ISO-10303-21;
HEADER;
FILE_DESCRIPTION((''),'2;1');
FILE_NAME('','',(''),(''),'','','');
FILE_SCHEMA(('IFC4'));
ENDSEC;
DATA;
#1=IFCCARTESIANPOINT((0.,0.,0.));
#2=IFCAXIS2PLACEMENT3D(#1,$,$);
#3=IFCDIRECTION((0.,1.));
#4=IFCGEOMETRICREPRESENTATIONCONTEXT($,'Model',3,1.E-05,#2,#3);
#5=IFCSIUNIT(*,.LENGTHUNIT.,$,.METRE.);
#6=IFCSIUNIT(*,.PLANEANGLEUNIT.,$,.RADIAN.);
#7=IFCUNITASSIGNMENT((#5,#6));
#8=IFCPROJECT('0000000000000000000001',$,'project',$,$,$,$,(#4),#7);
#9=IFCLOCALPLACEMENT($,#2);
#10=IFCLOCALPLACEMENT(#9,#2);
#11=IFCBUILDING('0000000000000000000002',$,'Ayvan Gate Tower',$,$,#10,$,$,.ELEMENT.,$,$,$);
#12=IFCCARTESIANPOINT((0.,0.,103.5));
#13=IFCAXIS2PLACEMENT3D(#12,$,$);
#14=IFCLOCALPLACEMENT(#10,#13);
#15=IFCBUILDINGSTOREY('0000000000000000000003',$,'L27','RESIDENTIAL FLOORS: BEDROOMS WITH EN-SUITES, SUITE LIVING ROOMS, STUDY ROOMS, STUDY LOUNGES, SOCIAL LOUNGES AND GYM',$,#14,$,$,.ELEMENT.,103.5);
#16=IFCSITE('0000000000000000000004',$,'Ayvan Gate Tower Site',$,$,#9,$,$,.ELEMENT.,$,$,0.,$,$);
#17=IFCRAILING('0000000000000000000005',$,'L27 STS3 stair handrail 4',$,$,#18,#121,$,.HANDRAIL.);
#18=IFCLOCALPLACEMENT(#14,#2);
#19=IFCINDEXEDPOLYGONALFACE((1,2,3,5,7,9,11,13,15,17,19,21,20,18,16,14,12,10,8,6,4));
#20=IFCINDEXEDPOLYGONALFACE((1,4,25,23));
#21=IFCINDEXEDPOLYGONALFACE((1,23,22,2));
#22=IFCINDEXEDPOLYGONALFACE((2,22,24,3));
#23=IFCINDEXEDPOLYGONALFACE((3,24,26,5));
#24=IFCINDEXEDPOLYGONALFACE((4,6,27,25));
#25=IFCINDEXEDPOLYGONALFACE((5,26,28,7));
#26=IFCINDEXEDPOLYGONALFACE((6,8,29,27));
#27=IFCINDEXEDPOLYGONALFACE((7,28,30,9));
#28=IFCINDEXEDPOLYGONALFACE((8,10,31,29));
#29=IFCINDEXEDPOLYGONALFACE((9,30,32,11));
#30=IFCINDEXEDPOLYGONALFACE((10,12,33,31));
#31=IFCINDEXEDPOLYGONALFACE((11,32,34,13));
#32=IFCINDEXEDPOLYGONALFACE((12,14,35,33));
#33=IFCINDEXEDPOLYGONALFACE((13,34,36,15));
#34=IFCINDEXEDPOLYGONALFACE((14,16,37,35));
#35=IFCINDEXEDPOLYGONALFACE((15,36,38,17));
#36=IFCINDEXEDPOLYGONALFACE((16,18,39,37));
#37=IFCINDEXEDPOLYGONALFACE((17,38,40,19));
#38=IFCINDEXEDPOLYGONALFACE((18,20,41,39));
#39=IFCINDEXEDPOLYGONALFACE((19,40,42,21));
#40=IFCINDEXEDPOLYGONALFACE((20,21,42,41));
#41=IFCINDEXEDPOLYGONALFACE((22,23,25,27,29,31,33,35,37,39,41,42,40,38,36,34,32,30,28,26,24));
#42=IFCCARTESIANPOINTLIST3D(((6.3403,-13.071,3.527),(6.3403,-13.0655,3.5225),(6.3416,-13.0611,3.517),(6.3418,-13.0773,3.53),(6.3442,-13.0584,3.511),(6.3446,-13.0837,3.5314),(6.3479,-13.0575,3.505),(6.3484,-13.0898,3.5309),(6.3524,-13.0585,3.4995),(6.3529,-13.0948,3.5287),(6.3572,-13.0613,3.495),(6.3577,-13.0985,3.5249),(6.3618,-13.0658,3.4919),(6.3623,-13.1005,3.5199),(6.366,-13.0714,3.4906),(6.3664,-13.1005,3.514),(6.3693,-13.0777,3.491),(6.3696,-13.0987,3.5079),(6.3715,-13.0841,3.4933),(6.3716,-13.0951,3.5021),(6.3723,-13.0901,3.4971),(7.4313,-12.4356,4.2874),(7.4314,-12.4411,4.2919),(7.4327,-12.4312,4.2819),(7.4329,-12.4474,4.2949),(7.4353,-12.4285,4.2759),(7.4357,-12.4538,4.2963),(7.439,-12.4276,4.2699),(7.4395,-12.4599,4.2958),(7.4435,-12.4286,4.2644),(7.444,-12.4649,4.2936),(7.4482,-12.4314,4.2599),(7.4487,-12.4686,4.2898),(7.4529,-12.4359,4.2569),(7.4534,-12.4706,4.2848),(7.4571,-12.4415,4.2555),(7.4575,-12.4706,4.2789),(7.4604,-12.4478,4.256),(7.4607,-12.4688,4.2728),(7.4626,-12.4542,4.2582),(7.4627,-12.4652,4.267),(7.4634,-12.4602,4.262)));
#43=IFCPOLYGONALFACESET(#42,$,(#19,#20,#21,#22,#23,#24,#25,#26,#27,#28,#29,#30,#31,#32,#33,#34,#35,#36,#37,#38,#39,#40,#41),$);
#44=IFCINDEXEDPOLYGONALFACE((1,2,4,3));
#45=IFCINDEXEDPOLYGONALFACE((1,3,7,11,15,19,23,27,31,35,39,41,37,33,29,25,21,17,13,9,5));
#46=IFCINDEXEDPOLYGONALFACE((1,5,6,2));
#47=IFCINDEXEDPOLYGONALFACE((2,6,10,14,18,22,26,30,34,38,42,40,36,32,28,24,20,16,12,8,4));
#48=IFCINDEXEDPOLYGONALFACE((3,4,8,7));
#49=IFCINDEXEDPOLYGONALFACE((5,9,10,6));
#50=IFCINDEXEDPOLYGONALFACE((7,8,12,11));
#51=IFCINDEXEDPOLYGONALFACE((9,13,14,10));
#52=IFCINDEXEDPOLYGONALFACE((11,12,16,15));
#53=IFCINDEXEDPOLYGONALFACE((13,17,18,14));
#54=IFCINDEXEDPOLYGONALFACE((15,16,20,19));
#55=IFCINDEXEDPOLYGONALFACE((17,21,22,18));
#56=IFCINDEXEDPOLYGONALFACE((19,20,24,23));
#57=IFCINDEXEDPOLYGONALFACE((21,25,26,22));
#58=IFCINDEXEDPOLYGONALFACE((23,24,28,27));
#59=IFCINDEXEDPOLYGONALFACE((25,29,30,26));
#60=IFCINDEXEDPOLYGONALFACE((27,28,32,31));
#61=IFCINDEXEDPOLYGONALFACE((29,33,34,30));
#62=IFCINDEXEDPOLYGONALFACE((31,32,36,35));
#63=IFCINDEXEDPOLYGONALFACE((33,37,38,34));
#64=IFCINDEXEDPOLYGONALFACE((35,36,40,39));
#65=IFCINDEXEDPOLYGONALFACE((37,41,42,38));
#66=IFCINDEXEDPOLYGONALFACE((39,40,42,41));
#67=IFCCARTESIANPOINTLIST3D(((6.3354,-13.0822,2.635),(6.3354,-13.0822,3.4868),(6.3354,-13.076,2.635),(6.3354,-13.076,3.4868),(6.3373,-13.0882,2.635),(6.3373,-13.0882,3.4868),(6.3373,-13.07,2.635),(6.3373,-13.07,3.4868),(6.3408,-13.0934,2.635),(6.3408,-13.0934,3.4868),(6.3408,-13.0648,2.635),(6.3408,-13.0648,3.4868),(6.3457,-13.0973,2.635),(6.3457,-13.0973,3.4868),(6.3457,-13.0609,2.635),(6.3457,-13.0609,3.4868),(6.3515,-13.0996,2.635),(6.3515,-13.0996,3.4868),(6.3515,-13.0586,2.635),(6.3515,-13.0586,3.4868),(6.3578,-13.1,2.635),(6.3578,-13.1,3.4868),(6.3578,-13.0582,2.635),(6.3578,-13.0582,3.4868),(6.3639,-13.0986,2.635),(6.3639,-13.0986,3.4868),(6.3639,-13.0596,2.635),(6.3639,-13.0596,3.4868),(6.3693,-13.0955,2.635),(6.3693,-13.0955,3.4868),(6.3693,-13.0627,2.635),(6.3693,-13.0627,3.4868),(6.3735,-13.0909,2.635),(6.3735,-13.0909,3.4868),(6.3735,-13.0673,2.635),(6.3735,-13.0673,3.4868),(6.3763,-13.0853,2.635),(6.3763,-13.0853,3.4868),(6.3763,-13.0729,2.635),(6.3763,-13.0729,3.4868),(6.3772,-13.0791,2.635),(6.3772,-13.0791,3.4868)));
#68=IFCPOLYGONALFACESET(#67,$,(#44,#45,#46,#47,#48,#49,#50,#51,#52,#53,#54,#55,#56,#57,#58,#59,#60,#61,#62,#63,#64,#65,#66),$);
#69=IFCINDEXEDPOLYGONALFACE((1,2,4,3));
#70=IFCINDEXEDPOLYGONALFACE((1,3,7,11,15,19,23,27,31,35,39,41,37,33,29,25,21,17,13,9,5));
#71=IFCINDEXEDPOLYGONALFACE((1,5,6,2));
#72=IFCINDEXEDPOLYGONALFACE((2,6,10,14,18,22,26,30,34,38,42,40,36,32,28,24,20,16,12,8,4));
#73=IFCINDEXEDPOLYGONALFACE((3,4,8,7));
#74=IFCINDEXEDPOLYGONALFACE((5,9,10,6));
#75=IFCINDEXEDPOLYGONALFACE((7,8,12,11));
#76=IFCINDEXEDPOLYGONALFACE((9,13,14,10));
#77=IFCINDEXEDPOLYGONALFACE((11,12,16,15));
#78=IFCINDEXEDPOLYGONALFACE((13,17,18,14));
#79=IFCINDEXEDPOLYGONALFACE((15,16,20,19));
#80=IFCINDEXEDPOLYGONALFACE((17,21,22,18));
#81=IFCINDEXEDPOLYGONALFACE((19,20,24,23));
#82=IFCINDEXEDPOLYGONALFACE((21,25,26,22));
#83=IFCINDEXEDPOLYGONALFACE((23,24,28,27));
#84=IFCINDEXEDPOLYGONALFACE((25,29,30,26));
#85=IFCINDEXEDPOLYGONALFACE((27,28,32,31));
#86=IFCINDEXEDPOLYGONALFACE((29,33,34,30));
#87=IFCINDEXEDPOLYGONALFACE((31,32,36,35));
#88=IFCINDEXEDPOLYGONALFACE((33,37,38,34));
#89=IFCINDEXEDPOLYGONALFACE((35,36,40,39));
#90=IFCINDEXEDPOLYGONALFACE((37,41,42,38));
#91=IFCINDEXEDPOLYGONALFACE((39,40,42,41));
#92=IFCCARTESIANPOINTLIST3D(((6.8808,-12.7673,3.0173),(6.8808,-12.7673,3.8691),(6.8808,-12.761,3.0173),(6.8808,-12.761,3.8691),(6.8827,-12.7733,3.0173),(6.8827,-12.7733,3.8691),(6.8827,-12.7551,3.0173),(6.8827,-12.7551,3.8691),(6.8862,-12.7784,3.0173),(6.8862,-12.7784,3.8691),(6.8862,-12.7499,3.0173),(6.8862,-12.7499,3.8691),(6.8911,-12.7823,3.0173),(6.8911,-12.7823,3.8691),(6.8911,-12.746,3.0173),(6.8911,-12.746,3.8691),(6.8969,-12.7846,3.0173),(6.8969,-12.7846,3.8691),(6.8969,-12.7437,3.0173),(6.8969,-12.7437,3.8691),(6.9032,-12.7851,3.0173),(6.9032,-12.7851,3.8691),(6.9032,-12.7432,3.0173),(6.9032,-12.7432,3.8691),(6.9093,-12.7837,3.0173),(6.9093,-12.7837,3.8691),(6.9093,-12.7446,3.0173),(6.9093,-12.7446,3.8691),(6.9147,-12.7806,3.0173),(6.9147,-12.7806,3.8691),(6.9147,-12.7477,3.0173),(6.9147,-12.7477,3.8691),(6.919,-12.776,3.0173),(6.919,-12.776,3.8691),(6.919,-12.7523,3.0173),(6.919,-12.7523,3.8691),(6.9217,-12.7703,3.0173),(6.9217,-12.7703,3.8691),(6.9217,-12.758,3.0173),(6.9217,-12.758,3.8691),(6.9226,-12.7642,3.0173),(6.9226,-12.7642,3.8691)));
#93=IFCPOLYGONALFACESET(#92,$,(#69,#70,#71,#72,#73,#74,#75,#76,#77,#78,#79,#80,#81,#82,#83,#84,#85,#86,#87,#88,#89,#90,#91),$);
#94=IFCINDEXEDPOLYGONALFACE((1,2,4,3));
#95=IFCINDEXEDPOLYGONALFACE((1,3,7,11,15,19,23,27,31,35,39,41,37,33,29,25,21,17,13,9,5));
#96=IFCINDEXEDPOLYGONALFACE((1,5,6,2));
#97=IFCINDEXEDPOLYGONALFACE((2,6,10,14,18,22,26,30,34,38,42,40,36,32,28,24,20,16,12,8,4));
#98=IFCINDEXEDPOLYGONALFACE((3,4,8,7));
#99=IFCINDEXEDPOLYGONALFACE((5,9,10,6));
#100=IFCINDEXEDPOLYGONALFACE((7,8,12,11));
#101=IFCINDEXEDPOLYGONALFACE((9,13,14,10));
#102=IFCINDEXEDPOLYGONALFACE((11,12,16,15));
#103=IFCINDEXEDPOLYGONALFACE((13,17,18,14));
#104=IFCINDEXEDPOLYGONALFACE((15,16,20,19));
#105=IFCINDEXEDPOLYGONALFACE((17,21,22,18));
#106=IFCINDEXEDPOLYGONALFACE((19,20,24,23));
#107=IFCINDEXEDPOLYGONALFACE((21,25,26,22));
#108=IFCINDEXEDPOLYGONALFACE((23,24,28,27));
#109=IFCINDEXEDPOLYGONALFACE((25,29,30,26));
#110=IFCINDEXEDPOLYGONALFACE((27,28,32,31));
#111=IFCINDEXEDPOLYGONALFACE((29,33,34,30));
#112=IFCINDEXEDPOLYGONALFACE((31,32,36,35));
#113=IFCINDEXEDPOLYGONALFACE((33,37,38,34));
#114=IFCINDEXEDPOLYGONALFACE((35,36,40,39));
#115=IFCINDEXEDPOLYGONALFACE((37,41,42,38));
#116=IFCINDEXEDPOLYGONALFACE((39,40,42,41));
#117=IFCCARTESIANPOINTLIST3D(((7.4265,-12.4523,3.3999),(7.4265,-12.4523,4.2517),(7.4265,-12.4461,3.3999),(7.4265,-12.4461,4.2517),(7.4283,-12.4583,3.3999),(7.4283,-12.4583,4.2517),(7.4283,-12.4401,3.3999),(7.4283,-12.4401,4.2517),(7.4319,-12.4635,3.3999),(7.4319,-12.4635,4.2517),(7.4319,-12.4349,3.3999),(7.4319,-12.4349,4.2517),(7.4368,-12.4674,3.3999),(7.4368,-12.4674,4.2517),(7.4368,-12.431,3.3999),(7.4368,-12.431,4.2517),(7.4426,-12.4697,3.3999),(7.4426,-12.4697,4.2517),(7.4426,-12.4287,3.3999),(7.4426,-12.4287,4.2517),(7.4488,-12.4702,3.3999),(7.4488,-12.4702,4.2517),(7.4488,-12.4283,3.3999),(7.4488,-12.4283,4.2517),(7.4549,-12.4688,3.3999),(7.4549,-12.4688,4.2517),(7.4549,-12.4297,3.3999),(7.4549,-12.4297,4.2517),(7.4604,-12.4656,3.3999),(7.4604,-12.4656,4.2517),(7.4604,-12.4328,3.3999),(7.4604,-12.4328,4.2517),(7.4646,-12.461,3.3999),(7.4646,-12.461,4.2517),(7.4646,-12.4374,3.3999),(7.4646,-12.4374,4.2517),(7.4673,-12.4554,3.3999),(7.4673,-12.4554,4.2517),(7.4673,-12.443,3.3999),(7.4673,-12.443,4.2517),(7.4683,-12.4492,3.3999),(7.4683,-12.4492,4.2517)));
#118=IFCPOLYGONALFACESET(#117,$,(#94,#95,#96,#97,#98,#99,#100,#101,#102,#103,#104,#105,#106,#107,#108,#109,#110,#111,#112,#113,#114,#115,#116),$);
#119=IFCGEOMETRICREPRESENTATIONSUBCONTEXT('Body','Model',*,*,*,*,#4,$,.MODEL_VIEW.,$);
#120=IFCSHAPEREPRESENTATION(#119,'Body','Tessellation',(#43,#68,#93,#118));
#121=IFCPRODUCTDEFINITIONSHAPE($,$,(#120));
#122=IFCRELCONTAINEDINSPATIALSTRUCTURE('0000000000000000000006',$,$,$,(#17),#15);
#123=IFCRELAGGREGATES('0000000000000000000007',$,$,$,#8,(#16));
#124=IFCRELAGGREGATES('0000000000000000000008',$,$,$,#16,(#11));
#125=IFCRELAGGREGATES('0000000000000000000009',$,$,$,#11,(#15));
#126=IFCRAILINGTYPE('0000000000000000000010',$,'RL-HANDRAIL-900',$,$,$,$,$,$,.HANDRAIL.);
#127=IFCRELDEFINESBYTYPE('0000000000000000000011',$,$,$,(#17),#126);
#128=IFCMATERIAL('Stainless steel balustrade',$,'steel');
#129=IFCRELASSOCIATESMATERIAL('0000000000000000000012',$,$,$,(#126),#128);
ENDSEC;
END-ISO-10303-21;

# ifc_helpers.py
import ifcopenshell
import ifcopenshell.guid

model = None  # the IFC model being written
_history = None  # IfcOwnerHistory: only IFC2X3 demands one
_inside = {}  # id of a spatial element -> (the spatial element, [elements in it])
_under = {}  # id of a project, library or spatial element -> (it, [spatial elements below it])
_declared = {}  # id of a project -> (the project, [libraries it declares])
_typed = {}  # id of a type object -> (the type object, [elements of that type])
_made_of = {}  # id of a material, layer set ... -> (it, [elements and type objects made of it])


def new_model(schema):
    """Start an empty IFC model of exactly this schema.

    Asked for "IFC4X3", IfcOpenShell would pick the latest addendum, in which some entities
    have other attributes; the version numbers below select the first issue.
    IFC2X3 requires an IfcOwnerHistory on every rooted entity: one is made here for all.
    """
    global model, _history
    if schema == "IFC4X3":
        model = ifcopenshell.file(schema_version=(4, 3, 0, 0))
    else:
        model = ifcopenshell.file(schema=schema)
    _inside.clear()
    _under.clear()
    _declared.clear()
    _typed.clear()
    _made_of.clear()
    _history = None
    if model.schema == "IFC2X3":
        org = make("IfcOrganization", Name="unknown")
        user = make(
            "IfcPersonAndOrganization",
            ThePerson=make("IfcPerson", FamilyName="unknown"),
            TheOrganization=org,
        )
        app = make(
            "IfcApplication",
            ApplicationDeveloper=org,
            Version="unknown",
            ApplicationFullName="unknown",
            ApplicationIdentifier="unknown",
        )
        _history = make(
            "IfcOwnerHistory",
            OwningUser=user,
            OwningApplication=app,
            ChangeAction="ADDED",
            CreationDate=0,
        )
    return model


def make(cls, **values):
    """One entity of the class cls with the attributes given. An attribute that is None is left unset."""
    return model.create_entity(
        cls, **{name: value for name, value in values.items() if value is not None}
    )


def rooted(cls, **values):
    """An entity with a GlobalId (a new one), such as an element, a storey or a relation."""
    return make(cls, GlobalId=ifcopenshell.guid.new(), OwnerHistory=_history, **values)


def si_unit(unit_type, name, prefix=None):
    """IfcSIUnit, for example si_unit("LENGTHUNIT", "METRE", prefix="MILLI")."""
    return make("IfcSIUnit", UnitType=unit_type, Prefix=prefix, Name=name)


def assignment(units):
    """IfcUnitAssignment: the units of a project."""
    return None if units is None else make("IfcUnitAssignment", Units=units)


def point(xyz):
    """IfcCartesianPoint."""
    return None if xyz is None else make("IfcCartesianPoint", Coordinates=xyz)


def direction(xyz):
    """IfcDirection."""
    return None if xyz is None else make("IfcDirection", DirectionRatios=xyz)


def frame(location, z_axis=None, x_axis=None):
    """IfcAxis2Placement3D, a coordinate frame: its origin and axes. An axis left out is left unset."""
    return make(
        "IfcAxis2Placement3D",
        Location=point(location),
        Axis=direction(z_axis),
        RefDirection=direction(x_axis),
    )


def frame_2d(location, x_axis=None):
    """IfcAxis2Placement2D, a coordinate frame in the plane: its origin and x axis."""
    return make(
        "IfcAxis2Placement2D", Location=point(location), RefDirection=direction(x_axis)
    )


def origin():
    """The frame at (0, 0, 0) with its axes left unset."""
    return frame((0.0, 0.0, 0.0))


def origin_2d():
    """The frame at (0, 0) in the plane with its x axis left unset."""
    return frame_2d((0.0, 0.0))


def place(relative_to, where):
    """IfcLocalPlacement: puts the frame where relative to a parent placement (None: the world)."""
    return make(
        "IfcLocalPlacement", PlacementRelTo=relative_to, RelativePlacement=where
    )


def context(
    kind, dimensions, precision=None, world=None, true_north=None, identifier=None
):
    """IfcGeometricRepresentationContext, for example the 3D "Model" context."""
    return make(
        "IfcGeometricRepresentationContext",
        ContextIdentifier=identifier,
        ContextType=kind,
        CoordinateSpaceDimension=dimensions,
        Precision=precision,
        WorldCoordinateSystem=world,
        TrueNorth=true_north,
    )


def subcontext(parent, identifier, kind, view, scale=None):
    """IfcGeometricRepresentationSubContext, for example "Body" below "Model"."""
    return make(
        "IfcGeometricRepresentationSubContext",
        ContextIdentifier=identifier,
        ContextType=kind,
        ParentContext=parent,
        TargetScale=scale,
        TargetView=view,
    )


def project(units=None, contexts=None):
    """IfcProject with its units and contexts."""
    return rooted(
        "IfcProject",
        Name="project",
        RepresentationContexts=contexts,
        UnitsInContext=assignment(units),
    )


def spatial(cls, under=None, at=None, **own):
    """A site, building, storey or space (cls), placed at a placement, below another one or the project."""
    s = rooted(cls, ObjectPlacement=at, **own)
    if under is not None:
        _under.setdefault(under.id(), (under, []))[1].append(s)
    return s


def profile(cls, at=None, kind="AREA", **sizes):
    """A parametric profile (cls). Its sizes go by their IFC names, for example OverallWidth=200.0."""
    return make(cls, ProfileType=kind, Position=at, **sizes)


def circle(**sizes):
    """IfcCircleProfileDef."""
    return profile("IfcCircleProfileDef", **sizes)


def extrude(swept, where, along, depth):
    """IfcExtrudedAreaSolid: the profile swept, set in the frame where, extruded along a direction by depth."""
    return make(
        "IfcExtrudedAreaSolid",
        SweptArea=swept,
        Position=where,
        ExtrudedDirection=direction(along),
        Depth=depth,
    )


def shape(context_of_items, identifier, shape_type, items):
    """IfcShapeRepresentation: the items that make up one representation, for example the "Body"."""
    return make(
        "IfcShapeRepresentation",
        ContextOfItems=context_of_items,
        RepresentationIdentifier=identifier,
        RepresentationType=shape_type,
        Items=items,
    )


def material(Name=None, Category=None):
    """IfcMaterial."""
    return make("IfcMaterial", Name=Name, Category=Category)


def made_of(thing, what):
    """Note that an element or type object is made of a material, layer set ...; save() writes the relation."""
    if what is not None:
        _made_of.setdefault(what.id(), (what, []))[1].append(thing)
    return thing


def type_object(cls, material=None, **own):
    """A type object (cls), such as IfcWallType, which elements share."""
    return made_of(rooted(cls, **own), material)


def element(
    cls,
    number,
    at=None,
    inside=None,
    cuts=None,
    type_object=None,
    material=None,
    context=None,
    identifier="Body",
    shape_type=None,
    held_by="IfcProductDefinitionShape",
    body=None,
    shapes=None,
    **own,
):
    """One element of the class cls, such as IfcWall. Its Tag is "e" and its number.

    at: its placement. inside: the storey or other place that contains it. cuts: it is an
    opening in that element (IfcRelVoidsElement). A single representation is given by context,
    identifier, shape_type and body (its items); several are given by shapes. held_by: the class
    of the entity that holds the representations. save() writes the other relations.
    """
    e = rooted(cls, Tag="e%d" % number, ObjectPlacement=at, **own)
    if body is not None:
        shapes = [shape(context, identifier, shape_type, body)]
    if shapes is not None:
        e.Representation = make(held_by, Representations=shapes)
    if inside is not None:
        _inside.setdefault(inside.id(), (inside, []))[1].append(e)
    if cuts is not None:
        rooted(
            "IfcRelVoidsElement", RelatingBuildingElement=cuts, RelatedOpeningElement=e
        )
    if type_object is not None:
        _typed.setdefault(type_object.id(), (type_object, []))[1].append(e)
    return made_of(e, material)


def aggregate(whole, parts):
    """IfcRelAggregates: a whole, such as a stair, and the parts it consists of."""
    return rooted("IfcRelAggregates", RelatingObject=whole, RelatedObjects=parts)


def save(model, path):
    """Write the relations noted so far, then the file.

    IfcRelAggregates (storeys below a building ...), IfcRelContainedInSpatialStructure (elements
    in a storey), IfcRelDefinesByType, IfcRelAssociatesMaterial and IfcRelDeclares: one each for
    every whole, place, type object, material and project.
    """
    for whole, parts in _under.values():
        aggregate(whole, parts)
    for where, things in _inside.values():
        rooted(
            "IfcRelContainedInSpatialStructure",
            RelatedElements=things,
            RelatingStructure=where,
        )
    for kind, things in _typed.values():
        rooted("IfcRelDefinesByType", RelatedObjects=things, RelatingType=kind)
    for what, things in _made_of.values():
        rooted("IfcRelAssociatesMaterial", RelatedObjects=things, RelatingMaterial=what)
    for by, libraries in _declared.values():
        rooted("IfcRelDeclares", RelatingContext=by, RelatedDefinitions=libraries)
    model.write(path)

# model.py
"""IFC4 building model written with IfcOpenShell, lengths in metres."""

from ifc_helpers import new_model, si_unit, direction, frame, origin, origin_2d, place, context, subcontext, project, spatial, circle, extrude, material, type_object, element, save


model = new_model("IFC4")

# Units and contexts
model_context = context("Model", 3, precision=1e-05, world=origin(), true_north=direction((0.0, 1.0)))
body_context = subcontext(model_context, "Body", "Model", "MODEL_VIEW")
ifc_project = project(units=[si_unit("LENGTHUNIT", "METRE"), si_unit("PLANEANGLEUNIT", "RADIAN")], contexts=[model_context])

# Site, building, storey
site_placement = place(None, origin())
site = spatial("IfcSite", under=ifc_project, at=site_placement, Name="Ayvan Gate Tower Site", CompositionType="ELEMENT", RefElevation=0.0)
building_placement = place(site_placement, origin())
building = spatial("IfcBuilding", under=site, at=building_placement, Name="Ayvan Gate Tower", CompositionType="ELEMENT")
storey_placement = place(building_placement, frame((0.0, 0.0, 103.5)))
storey = spatial("IfcBuildingStorey", under=building, at=storey_placement, Name="L27", Description="RESIDENTIAL FLOORS: BEDROOMS WITH EN-SUITES, SUITE LIVING ROOMS, STUDY ROOMS, STUDY LOUNGES, SOCIAL LOUNGES AND GYM", CompositionType="ELEMENT", Elevation=103.5)

# Railing
ifc_material_1 = material(Name="Stainless steel balustrade", Category="steel")
railing_type_1 = type_object("IfcRailingType", Name="RL-HANDRAIL-900", PredefinedType="HANDRAIL", material=ifc_material_1)
railing_1_placement = place(storey_placement, frame((6.3562, -13.0791, 2.635)))
element("IfcRailing", 1, at=railing_1_placement, inside=storey, type_object=railing_type_1, Name="L27 STS3 stair handrail 4", PredefinedType="HANDRAIL", context=body_context, shape_type="SweptSolid", body=[
    extrude(circle(Radius=0.0239, at=origin_2d()), frame((0.0, 0.0, 0.876), z_axis=(0.740282, 0.427372, 0.518976), x_axis=(-0.499974, 0.86604, 0.0)), (0.0, 0.0, 1.0), 1.4739),
    extrude(circle(Radius=0.021, at=origin_2d()), origin(), (0.0, 0.0, 1.0), 0.8518),
    extrude(circle(Radius=0.021, at=origin_2d()), frame((0.5454, 0.3149, 0.3823)), (0.0, 0.0, 1.0), 0.8518),
    extrude(circle(Radius=0.021, at=origin_2d()), frame((1.0911, 0.6299, 0.7649)), (0.0, 0.0, 1.0), 0.8518),
])

save(model, "model.ifc")
